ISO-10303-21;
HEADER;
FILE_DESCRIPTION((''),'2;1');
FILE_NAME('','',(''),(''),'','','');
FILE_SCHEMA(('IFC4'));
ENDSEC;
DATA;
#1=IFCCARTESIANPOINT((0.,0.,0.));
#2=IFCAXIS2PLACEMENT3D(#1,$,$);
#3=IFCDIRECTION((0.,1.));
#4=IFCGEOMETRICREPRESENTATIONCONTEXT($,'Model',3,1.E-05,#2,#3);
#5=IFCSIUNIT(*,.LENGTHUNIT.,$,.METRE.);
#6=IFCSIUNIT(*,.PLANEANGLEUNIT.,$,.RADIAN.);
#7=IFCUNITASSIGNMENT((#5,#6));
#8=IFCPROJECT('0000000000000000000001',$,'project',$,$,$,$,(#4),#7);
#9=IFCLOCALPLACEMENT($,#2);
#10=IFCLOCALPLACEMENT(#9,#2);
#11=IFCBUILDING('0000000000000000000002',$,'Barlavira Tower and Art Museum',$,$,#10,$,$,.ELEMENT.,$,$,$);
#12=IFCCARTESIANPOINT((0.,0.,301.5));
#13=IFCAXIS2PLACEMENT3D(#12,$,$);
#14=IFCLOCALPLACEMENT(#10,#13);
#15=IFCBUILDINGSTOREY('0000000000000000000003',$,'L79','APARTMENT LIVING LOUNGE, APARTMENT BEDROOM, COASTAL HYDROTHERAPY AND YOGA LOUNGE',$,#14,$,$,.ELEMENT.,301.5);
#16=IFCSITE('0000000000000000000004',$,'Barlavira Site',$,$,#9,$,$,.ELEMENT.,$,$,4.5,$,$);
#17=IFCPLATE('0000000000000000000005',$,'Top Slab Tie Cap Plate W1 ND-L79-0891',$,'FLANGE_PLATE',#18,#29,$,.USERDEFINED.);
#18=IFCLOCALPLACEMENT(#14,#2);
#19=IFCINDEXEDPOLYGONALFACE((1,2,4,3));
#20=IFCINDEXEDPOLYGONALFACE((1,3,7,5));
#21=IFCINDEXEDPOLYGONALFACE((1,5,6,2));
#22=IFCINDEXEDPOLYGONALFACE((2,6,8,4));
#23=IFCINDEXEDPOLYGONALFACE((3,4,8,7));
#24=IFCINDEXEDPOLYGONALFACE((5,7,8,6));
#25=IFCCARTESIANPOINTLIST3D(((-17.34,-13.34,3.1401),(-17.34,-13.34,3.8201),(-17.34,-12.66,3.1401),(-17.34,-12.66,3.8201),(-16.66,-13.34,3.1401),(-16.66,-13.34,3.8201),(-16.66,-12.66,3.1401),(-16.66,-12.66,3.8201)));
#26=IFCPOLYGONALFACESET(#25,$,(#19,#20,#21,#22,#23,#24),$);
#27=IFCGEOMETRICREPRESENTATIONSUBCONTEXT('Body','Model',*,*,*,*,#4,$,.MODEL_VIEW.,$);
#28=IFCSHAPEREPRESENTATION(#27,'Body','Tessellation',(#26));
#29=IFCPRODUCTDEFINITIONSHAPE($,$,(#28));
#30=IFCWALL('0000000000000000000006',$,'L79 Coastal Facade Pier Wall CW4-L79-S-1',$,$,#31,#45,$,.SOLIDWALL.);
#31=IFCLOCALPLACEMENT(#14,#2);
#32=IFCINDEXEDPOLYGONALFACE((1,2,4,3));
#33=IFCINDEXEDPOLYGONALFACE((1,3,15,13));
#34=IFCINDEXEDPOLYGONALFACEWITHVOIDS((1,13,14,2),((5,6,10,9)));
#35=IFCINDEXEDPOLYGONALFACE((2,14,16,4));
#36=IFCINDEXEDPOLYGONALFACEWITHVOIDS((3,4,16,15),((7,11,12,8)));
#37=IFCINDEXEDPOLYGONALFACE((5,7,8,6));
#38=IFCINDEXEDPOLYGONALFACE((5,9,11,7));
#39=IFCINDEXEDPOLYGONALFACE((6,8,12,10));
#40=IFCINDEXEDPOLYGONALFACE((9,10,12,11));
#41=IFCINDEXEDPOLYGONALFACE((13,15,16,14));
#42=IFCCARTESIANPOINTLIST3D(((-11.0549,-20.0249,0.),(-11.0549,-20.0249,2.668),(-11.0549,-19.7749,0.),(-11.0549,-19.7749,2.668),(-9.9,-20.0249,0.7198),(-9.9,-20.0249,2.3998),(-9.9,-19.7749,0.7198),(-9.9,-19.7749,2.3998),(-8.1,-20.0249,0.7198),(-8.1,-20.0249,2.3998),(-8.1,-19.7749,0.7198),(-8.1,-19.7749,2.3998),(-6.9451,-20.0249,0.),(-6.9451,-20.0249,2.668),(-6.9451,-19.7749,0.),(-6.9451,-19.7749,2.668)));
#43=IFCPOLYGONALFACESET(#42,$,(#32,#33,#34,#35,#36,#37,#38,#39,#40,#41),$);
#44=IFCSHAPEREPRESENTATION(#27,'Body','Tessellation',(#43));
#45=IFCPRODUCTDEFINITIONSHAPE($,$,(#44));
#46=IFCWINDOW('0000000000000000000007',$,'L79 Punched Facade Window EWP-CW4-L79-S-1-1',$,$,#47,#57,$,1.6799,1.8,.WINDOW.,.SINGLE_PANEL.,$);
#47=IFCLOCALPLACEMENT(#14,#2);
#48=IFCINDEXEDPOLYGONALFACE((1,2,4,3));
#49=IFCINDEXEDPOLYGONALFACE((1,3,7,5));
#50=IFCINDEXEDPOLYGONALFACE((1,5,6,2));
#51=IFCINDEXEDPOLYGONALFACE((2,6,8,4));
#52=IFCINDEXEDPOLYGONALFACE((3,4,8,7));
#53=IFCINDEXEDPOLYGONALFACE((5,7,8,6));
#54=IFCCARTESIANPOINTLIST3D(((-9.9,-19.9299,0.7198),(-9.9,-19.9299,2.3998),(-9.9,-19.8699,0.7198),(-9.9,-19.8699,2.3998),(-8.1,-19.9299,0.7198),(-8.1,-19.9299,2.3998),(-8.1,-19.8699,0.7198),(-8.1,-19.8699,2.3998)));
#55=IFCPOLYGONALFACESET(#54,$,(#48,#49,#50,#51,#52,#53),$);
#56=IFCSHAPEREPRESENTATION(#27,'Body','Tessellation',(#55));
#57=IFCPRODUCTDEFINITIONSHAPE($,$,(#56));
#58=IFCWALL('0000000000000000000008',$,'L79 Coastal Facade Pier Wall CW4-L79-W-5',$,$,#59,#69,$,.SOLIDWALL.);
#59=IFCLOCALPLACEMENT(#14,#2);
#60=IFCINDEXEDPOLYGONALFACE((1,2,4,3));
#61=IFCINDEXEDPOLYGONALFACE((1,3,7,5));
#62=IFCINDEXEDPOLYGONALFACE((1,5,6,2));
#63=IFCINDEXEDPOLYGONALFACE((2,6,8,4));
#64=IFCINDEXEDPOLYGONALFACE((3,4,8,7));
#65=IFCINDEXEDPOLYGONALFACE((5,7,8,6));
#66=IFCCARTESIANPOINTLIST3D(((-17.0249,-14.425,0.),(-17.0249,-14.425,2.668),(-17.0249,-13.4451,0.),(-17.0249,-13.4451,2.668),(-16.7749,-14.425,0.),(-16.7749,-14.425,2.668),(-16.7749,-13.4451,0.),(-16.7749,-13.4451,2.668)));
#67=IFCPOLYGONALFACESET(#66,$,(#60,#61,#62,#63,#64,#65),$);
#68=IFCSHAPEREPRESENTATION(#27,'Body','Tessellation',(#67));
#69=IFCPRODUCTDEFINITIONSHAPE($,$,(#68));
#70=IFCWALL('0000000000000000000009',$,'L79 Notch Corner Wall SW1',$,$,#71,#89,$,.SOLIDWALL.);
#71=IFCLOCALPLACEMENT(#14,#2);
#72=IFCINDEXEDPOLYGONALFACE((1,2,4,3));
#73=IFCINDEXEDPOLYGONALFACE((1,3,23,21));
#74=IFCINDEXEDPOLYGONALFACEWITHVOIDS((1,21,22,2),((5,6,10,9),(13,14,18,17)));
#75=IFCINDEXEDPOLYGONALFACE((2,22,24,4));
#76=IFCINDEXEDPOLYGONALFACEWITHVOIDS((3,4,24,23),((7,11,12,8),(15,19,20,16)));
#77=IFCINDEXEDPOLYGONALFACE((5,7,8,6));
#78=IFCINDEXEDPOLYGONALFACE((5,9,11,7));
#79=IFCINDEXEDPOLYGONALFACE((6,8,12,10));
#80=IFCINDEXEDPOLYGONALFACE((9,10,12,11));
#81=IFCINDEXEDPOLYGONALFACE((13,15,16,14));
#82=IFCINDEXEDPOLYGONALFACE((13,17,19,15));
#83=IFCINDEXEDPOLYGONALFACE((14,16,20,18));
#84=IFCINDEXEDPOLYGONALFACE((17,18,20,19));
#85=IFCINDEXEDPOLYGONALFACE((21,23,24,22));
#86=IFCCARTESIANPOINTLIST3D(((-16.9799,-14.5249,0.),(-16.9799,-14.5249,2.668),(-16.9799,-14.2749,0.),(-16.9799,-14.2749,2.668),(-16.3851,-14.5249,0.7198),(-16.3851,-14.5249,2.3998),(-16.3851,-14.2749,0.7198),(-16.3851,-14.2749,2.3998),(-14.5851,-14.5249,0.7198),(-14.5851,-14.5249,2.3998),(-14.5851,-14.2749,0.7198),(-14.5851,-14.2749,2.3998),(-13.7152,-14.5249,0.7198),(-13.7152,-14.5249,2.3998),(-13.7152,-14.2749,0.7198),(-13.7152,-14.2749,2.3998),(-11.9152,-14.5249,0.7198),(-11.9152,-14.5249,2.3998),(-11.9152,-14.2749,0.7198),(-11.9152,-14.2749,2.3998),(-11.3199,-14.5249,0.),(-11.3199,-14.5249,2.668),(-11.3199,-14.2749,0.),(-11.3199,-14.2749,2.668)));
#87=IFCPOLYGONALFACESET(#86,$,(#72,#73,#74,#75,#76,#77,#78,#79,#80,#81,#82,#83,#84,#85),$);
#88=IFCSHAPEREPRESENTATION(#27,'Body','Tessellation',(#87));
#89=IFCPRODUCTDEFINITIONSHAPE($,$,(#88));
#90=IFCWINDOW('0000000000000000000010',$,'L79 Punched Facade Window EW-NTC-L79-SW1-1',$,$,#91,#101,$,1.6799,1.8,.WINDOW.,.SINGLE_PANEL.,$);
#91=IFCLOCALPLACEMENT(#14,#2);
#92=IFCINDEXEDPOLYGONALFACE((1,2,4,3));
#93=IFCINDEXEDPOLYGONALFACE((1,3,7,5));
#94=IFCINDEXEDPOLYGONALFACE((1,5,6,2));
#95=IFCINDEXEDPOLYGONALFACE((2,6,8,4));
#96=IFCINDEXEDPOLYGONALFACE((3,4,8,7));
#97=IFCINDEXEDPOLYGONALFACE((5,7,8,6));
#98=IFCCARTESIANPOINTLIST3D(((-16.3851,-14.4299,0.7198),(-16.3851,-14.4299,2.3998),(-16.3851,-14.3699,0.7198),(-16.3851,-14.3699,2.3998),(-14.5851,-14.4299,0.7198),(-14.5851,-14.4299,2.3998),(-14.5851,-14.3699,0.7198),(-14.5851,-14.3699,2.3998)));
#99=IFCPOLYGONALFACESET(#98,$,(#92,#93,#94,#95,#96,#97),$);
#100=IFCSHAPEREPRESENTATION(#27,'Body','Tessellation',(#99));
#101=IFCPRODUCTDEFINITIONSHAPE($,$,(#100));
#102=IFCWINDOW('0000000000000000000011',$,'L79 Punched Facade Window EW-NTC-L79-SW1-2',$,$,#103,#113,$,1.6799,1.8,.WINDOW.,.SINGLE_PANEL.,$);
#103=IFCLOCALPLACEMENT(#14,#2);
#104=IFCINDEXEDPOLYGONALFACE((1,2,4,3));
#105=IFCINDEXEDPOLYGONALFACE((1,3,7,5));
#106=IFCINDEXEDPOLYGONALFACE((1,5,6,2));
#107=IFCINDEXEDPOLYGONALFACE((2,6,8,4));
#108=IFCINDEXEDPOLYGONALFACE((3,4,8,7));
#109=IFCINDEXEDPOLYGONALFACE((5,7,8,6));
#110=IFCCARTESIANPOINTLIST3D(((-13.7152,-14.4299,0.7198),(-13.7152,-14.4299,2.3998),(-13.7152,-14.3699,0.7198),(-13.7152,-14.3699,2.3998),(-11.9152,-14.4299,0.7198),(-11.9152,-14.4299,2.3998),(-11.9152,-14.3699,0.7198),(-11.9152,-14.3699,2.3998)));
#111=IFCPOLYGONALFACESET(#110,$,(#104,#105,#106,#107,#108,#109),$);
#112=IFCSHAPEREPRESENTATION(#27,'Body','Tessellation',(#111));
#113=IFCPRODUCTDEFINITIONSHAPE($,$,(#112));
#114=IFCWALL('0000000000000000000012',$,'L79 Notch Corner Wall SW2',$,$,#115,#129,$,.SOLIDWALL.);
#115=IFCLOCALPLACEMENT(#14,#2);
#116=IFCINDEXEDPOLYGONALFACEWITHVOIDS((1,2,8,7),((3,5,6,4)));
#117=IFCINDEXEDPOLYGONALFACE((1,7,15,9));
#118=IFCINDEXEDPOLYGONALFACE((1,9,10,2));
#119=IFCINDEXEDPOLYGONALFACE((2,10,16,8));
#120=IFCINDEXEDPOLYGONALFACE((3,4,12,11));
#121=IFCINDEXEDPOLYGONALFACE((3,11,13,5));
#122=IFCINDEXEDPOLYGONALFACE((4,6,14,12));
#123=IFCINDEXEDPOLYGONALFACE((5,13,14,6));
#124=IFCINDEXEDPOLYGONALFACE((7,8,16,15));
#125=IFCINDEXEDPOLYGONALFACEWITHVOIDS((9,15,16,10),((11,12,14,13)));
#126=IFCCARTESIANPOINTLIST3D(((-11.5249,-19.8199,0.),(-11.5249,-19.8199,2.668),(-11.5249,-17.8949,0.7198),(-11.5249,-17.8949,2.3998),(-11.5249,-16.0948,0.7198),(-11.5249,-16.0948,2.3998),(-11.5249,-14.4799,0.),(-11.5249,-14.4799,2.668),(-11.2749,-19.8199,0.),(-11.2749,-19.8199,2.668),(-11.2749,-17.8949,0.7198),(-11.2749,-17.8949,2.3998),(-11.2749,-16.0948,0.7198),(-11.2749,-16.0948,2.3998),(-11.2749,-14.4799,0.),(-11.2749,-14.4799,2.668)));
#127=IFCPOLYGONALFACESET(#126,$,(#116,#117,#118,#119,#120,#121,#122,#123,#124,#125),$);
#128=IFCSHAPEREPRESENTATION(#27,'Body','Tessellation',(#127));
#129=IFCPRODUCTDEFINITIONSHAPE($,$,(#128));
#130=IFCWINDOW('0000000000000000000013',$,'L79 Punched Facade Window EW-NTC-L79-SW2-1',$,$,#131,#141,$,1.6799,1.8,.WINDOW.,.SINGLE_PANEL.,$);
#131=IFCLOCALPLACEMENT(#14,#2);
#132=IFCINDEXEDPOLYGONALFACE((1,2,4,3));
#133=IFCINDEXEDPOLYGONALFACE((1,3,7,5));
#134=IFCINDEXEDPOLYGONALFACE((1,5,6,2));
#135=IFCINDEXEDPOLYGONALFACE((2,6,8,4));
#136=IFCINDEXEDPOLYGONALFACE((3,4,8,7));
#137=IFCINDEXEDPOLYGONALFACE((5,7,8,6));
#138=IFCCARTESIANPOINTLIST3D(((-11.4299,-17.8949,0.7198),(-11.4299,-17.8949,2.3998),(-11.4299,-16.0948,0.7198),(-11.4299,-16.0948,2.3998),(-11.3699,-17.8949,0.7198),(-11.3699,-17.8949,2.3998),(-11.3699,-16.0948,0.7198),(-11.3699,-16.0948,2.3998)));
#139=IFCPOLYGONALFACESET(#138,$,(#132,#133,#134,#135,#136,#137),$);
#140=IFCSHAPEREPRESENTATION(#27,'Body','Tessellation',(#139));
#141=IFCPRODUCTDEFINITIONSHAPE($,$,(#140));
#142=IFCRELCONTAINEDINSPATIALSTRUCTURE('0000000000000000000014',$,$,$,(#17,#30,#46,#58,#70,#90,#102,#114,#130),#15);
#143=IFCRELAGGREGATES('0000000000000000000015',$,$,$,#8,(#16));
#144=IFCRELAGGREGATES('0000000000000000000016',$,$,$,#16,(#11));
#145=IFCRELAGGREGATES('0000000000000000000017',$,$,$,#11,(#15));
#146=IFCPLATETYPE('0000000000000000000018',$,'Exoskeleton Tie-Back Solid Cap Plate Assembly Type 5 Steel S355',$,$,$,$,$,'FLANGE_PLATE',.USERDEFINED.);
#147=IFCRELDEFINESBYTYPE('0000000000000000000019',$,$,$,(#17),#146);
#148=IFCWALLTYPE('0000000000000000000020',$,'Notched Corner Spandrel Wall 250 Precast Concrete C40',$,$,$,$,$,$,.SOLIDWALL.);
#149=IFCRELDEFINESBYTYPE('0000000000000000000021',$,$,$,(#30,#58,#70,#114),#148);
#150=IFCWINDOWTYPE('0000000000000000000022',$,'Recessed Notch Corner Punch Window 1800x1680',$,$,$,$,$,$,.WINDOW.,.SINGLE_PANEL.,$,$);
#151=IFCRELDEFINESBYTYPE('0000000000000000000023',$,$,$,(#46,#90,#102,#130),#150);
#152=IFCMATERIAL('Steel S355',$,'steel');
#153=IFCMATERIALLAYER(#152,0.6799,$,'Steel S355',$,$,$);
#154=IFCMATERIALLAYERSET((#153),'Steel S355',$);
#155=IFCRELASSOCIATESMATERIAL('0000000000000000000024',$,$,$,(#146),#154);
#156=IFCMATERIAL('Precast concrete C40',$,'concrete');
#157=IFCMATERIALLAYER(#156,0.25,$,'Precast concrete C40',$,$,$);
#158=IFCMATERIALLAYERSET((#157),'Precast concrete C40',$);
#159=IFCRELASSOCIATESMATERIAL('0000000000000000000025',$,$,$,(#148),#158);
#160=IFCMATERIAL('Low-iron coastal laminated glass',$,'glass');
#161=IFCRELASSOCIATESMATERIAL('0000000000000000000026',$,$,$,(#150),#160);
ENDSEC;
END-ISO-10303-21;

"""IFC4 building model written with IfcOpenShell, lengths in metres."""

from ifc_helpers import new_model, si_unit, direction, frame, frame_2d, origin, origin_2d, place, context, subcontext, project, spatial, rectangle, extrude, material, layer, layer_set, type_object, element, fill, save


model = new_model("IFC4")

# Units and contexts
model_context = context("Model", 3, precision=1e-05, world=origin(), true_north=direction((0.0, 1.0)))
body_context = subcontext(model_context, "Body", "Model", "MODEL_VIEW")
ifc_project = project(units=[si_unit("LENGTHUNIT", "METRE"), si_unit("PLANEANGLEUNIT", "RADIAN")], contexts=[model_context])

# Site, building, storey
site_placement = place(None, origin())
site = spatial("IfcSite", under=ifc_project, at=site_placement, Name="Barlavira Site", CompositionType="ELEMENT", RefElevation=4.5)
building_placement = place(site_placement, origin())
building = spatial("IfcBuilding", under=site, at=building_placement, Name="Barlavira Tower and Art Museum", CompositionType="ELEMENT")
storey_placement = place(building_placement, frame((0.0, 0.0, 301.5)))
storey = spatial("IfcBuildingStorey", under=building, at=storey_placement, Name="L79", Description="APARTMENT LIVING LOUNGE, APARTMENT BEDROOM, COASTAL HYDROTHERAPY AND YOGA LOUNGE", CompositionType="ELEMENT", Elevation=301.5)

# Shared definitions
ifc_material_1 = material(Name="Steel S355", Category="steel")

# Plate
ifc_layer_1 = layer(ifc_material_1, 0.6799, Name="Steel S355")
ifc_layer_set_1 = layer_set([ifc_layer_1], Name="Steel S355")
plate_type_1 = type_object("IfcPlateType", Name="Exoskeleton Tie-Back Solid Cap Plate Assembly Type 5 Steel S355", ElementType="FLANGE_PLATE", PredefinedType="USERDEFINED", material=ifc_layer_set_1)
for number, where, z_axis, x_axis, name in (
    (1, (-17.0, -13.0, 3.1401), (0.0, 0.0, 1.0), (1.0, 0.0, 0.0), "Top Slab Tie Cap Plate W1 ND-L79-0891"),
):
    element("IfcPlate", number, at=place(storey_placement, frame(where, z_axis=z_axis, x_axis=x_axis)), inside=storey, type_object=plate_type_1, Name=name, ObjectType="FLANGE_PLATE", PredefinedType="USERDEFINED", context=body_context, shape_type="SweptSolid", body=[
        extrude(rectangle(XDim=0.6799, YDim=0.6799, at=origin_2d()), origin(), (0.0, 0.0, 1.0), 0.6799),
    ])

# Wall, opening, window
ifc_material_2 = material(Name="Precast concrete C40", Category="concrete")
ifc_layer_2 = layer(ifc_material_2, 0.25, Name="Precast concrete C40")
ifc_layer_set_2 = layer_set([ifc_layer_2], Name="Precast concrete C40")
wall_type = type_object("IfcWallType", Name="Notched Corner Spandrel Wall 250 Precast Concrete C40", PredefinedType="SOLIDWALL", material=ifc_layer_set_2)
wall_1_placement = place(storey_placement, frame((-11.0549, -19.8999, 0.0), z_axis=(0.0, 0.0, 1.0), x_axis=(1.0, 0.0, 0.0)))
wall_1 = element("IfcWall", 2, at=wall_1_placement, inside=storey, type_object=wall_type, Name="L79 Coastal Facade Pier Wall CW4-L79-S-1", PredefinedType="SOLIDWALL", context=body_context, shape_type="SweptSolid", body=[
    extrude(rectangle(XDim=4.1099, YDim=0.25, at=frame_2d((2.0549, 0.0))), origin(), (0.0, 0.0, 1.0), 2.668),
])
opening_1_placement = place(wall_1_placement, frame((1.155, 0.0, 0.72)))
opening_1 = element("IfcOpeningElement", 3, at=opening_1_placement, cuts=wall_1, PredefinedType="OPENING", context=body_context, shape_type="SweptSolid", body=[
    extrude(rectangle(XDim=1.8, YDim=1.6799, at=frame_2d((0.8999, 0.8398))), frame((0.0, 0.135, 0.0), z_axis=(0.0, -1.0, 0.0), x_axis=(1.0, 0.0, 0.0)), (0.0, 0.0, 1.0), 0.27),
])
ifc_material_3 = material(Name="Low-iron coastal laminated glass", Category="glass")
window_type = type_object("IfcWindowType", Name="Recessed Notch Corner Punch Window 1800x1680", PartitioningType="SINGLE_PANEL", PredefinedType="WINDOW", material=ifc_material_3)
window_1_placement = place(opening_1_placement, origin())
window_1 = element("IfcWindow", 4, at=window_1_placement, inside=storey, type_object=window_type, Name="L79 Punched Facade Window EWP-CW4-L79-S-1-1", OverallHeight=1.6799, OverallWidth=1.8, PartitioningType="SINGLE_PANEL", PredefinedType="WINDOW", context=body_context, shape_type="SweptSolid", body=[
    extrude(rectangle(XDim=1.8, YDim=1.6799, at=frame_2d((0.8999, 0.8398))), frame((0.0, 0.03, 0.0), z_axis=(0.0, -1.0, 0.0), x_axis=(1.0, 0.0, 0.0)), (0.0, 0.0, 1.0), 0.0601),
])
fill(opening_1, window_1)

# Wall
wall_2_placement = place(storey_placement, frame((-16.8999, -13.4451, 0.0), z_axis=(0.0, 0.0, 1.0), x_axis=(0.0, -1.0, 0.0)))
element("IfcWall", 5, at=wall_2_placement, inside=storey, type_object=wall_type, Name="L79 Coastal Facade Pier Wall CW4-L79-W-5", PredefinedType="SOLIDWALL", context=body_context, shape_type="SweptSolid", body=[
    extrude(rectangle(XDim=0.98, YDim=0.25, at=frame_2d((0.49, 0.0))), origin(), (0.0, 0.0, 1.0), 2.668),
])

# Wall, openings, windows
wall_3_placement = place(storey_placement, frame((-16.98, -14.3999, 0.0), z_axis=(0.0, 0.0, 1.0), x_axis=(1.0, 0.0, 0.0)))
wall_3 = element("IfcWall", 6, at=wall_3_placement, inside=storey, type_object=wall_type, Name="L79 Notch Corner Wall SW1", PredefinedType="SOLIDWALL", context=body_context, shape_type="SweptSolid", body=[
    extrude(rectangle(XDim=5.6599, YDim=0.25, at=frame_2d((2.8301, 0.0))), origin(), (0.0, 0.0, 1.0), 2.668),
])
opening_2_placement = place(wall_3_placement, frame((0.595, 0.0, 0.72)))
opening_2 = element("IfcOpeningElement", 7, at=opening_2_placement, cuts=wall_3, PredefinedType="OPENING", context=body_context, shape_type="SweptSolid", body=[
    extrude(rectangle(XDim=1.8, YDim=1.6799, at=frame_2d((0.8999, 0.8398))), frame((0.0, 0.135, 0.0), z_axis=(0.0, -1.0, 0.0), x_axis=(1.0, 0.0, 0.0)), (0.0, 0.0, 1.0), 0.27),
])
opening_3_placement = place(wall_3_placement, frame((3.2649, 0.0, 0.72)))
opening_3 = element("IfcOpeningElement", 8, at=opening_3_placement, cuts=wall_3, PredefinedType="OPENING", context=body_context, shape_type="SweptSolid", body=[
    extrude(rectangle(XDim=1.8, YDim=1.6799, at=frame_2d((0.8999, 0.8398))), frame((0.0, 0.135, 0.0), z_axis=(0.0, -1.0, 0.0), x_axis=(1.0, 0.0, 0.0)), (0.0, 0.0, 1.0), 0.27),
])
window_2_placement = place(opening_2_placement, origin())
window_2 = element("IfcWindow", 9, at=window_2_placement, inside=storey, type_object=window_type, Name="L79 Punched Facade Window EW-NTC-L79-SW1-1", OverallHeight=1.6799, OverallWidth=1.8, PartitioningType="SINGLE_PANEL", PredefinedType="WINDOW", context=body_context, shape_type="SweptSolid", body=[
    extrude(rectangle(XDim=1.8, YDim=1.6799, at=frame_2d((0.8999, 0.8398))), frame((0.0, 0.03, 0.0), z_axis=(0.0, -1.0, 0.0), x_axis=(1.0, 0.0, 0.0)), (0.0, 0.0, 1.0), 0.0601),
])
fill(opening_2, window_2)
window_3_placement = place(opening_3_placement, origin())
window_3 = element("IfcWindow", 10, at=window_3_placement, inside=storey, type_object=window_type, Name="L79 Punched Facade Window EW-NTC-L79-SW1-2", OverallHeight=1.6799, OverallWidth=1.8, PartitioningType="SINGLE_PANEL", PredefinedType="WINDOW", context=body_context, shape_type="SweptSolid", body=[
    extrude(rectangle(XDim=1.8, YDim=1.6799, at=frame_2d((0.8999, 0.8398))), frame((0.0, 0.03, 0.0), z_axis=(0.0, -1.0, 0.0), x_axis=(1.0, 0.0, 0.0)), (0.0, 0.0, 1.0), 0.0601),
])
fill(opening_3, window_3)

# Wall, opening, window
wall_4_placement = place(storey_placement, frame((-11.3999, -14.48, 0.0), z_axis=(0.0, 0.0, 1.0), x_axis=(0.0, -1.0, 0.0)))
wall_4 = element("IfcWall", 11, at=wall_4_placement, inside=storey, type_object=wall_type, Name="L79 Notch Corner Wall SW2", PredefinedType="SOLIDWALL", context=body_context, shape_type="SweptSolid", body=[
    extrude(rectangle(XDim=5.3401, YDim=0.25, at=frame_2d((2.6699, 0.0))), origin(), (0.0, 0.0, 1.0), 2.668),
])
opening_4_placement = place(wall_4_placement, frame((1.615, 0.0, 0.72)))
opening_4 = element("IfcOpeningElement", 12, at=opening_4_placement, cuts=wall_4, PredefinedType="OPENING", context=body_context, shape_type="SweptSolid", body=[
    extrude(rectangle(XDim=1.8, YDim=1.6799, at=frame_2d((0.8999, 0.8398))), frame((0.0, 0.135, 0.0), z_axis=(0.0, -1.0, 0.0), x_axis=(1.0, 0.0, 0.0)), (0.0, 0.0, 1.0), 0.27),
])
window_4_placement = place(opening_4_placement, origin())
window_4 = element("IfcWindow", 13, at=window_4_placement, inside=storey, type_object=window_type, Name="L79 Punched Facade Window EW-NTC-L79-SW2-1", OverallHeight=1.6799, OverallWidth=1.8, PartitioningType="SINGLE_PANEL", PredefinedType="WINDOW", context=body_context, shape_type="SweptSolid", body=[
    extrude(rectangle(XDim=1.8, YDim=1.6799, at=frame_2d((0.8999, 0.8398))), frame((0.0, 0.03, 0.0), z_axis=(0.0, -1.0, 0.0), x_axis=(1.0, 0.0, 0.0)), (0.0, 0.0, 1.0), 0.0601),
])
fill(opening_4, window_4)

save(model, "model.ifc")
